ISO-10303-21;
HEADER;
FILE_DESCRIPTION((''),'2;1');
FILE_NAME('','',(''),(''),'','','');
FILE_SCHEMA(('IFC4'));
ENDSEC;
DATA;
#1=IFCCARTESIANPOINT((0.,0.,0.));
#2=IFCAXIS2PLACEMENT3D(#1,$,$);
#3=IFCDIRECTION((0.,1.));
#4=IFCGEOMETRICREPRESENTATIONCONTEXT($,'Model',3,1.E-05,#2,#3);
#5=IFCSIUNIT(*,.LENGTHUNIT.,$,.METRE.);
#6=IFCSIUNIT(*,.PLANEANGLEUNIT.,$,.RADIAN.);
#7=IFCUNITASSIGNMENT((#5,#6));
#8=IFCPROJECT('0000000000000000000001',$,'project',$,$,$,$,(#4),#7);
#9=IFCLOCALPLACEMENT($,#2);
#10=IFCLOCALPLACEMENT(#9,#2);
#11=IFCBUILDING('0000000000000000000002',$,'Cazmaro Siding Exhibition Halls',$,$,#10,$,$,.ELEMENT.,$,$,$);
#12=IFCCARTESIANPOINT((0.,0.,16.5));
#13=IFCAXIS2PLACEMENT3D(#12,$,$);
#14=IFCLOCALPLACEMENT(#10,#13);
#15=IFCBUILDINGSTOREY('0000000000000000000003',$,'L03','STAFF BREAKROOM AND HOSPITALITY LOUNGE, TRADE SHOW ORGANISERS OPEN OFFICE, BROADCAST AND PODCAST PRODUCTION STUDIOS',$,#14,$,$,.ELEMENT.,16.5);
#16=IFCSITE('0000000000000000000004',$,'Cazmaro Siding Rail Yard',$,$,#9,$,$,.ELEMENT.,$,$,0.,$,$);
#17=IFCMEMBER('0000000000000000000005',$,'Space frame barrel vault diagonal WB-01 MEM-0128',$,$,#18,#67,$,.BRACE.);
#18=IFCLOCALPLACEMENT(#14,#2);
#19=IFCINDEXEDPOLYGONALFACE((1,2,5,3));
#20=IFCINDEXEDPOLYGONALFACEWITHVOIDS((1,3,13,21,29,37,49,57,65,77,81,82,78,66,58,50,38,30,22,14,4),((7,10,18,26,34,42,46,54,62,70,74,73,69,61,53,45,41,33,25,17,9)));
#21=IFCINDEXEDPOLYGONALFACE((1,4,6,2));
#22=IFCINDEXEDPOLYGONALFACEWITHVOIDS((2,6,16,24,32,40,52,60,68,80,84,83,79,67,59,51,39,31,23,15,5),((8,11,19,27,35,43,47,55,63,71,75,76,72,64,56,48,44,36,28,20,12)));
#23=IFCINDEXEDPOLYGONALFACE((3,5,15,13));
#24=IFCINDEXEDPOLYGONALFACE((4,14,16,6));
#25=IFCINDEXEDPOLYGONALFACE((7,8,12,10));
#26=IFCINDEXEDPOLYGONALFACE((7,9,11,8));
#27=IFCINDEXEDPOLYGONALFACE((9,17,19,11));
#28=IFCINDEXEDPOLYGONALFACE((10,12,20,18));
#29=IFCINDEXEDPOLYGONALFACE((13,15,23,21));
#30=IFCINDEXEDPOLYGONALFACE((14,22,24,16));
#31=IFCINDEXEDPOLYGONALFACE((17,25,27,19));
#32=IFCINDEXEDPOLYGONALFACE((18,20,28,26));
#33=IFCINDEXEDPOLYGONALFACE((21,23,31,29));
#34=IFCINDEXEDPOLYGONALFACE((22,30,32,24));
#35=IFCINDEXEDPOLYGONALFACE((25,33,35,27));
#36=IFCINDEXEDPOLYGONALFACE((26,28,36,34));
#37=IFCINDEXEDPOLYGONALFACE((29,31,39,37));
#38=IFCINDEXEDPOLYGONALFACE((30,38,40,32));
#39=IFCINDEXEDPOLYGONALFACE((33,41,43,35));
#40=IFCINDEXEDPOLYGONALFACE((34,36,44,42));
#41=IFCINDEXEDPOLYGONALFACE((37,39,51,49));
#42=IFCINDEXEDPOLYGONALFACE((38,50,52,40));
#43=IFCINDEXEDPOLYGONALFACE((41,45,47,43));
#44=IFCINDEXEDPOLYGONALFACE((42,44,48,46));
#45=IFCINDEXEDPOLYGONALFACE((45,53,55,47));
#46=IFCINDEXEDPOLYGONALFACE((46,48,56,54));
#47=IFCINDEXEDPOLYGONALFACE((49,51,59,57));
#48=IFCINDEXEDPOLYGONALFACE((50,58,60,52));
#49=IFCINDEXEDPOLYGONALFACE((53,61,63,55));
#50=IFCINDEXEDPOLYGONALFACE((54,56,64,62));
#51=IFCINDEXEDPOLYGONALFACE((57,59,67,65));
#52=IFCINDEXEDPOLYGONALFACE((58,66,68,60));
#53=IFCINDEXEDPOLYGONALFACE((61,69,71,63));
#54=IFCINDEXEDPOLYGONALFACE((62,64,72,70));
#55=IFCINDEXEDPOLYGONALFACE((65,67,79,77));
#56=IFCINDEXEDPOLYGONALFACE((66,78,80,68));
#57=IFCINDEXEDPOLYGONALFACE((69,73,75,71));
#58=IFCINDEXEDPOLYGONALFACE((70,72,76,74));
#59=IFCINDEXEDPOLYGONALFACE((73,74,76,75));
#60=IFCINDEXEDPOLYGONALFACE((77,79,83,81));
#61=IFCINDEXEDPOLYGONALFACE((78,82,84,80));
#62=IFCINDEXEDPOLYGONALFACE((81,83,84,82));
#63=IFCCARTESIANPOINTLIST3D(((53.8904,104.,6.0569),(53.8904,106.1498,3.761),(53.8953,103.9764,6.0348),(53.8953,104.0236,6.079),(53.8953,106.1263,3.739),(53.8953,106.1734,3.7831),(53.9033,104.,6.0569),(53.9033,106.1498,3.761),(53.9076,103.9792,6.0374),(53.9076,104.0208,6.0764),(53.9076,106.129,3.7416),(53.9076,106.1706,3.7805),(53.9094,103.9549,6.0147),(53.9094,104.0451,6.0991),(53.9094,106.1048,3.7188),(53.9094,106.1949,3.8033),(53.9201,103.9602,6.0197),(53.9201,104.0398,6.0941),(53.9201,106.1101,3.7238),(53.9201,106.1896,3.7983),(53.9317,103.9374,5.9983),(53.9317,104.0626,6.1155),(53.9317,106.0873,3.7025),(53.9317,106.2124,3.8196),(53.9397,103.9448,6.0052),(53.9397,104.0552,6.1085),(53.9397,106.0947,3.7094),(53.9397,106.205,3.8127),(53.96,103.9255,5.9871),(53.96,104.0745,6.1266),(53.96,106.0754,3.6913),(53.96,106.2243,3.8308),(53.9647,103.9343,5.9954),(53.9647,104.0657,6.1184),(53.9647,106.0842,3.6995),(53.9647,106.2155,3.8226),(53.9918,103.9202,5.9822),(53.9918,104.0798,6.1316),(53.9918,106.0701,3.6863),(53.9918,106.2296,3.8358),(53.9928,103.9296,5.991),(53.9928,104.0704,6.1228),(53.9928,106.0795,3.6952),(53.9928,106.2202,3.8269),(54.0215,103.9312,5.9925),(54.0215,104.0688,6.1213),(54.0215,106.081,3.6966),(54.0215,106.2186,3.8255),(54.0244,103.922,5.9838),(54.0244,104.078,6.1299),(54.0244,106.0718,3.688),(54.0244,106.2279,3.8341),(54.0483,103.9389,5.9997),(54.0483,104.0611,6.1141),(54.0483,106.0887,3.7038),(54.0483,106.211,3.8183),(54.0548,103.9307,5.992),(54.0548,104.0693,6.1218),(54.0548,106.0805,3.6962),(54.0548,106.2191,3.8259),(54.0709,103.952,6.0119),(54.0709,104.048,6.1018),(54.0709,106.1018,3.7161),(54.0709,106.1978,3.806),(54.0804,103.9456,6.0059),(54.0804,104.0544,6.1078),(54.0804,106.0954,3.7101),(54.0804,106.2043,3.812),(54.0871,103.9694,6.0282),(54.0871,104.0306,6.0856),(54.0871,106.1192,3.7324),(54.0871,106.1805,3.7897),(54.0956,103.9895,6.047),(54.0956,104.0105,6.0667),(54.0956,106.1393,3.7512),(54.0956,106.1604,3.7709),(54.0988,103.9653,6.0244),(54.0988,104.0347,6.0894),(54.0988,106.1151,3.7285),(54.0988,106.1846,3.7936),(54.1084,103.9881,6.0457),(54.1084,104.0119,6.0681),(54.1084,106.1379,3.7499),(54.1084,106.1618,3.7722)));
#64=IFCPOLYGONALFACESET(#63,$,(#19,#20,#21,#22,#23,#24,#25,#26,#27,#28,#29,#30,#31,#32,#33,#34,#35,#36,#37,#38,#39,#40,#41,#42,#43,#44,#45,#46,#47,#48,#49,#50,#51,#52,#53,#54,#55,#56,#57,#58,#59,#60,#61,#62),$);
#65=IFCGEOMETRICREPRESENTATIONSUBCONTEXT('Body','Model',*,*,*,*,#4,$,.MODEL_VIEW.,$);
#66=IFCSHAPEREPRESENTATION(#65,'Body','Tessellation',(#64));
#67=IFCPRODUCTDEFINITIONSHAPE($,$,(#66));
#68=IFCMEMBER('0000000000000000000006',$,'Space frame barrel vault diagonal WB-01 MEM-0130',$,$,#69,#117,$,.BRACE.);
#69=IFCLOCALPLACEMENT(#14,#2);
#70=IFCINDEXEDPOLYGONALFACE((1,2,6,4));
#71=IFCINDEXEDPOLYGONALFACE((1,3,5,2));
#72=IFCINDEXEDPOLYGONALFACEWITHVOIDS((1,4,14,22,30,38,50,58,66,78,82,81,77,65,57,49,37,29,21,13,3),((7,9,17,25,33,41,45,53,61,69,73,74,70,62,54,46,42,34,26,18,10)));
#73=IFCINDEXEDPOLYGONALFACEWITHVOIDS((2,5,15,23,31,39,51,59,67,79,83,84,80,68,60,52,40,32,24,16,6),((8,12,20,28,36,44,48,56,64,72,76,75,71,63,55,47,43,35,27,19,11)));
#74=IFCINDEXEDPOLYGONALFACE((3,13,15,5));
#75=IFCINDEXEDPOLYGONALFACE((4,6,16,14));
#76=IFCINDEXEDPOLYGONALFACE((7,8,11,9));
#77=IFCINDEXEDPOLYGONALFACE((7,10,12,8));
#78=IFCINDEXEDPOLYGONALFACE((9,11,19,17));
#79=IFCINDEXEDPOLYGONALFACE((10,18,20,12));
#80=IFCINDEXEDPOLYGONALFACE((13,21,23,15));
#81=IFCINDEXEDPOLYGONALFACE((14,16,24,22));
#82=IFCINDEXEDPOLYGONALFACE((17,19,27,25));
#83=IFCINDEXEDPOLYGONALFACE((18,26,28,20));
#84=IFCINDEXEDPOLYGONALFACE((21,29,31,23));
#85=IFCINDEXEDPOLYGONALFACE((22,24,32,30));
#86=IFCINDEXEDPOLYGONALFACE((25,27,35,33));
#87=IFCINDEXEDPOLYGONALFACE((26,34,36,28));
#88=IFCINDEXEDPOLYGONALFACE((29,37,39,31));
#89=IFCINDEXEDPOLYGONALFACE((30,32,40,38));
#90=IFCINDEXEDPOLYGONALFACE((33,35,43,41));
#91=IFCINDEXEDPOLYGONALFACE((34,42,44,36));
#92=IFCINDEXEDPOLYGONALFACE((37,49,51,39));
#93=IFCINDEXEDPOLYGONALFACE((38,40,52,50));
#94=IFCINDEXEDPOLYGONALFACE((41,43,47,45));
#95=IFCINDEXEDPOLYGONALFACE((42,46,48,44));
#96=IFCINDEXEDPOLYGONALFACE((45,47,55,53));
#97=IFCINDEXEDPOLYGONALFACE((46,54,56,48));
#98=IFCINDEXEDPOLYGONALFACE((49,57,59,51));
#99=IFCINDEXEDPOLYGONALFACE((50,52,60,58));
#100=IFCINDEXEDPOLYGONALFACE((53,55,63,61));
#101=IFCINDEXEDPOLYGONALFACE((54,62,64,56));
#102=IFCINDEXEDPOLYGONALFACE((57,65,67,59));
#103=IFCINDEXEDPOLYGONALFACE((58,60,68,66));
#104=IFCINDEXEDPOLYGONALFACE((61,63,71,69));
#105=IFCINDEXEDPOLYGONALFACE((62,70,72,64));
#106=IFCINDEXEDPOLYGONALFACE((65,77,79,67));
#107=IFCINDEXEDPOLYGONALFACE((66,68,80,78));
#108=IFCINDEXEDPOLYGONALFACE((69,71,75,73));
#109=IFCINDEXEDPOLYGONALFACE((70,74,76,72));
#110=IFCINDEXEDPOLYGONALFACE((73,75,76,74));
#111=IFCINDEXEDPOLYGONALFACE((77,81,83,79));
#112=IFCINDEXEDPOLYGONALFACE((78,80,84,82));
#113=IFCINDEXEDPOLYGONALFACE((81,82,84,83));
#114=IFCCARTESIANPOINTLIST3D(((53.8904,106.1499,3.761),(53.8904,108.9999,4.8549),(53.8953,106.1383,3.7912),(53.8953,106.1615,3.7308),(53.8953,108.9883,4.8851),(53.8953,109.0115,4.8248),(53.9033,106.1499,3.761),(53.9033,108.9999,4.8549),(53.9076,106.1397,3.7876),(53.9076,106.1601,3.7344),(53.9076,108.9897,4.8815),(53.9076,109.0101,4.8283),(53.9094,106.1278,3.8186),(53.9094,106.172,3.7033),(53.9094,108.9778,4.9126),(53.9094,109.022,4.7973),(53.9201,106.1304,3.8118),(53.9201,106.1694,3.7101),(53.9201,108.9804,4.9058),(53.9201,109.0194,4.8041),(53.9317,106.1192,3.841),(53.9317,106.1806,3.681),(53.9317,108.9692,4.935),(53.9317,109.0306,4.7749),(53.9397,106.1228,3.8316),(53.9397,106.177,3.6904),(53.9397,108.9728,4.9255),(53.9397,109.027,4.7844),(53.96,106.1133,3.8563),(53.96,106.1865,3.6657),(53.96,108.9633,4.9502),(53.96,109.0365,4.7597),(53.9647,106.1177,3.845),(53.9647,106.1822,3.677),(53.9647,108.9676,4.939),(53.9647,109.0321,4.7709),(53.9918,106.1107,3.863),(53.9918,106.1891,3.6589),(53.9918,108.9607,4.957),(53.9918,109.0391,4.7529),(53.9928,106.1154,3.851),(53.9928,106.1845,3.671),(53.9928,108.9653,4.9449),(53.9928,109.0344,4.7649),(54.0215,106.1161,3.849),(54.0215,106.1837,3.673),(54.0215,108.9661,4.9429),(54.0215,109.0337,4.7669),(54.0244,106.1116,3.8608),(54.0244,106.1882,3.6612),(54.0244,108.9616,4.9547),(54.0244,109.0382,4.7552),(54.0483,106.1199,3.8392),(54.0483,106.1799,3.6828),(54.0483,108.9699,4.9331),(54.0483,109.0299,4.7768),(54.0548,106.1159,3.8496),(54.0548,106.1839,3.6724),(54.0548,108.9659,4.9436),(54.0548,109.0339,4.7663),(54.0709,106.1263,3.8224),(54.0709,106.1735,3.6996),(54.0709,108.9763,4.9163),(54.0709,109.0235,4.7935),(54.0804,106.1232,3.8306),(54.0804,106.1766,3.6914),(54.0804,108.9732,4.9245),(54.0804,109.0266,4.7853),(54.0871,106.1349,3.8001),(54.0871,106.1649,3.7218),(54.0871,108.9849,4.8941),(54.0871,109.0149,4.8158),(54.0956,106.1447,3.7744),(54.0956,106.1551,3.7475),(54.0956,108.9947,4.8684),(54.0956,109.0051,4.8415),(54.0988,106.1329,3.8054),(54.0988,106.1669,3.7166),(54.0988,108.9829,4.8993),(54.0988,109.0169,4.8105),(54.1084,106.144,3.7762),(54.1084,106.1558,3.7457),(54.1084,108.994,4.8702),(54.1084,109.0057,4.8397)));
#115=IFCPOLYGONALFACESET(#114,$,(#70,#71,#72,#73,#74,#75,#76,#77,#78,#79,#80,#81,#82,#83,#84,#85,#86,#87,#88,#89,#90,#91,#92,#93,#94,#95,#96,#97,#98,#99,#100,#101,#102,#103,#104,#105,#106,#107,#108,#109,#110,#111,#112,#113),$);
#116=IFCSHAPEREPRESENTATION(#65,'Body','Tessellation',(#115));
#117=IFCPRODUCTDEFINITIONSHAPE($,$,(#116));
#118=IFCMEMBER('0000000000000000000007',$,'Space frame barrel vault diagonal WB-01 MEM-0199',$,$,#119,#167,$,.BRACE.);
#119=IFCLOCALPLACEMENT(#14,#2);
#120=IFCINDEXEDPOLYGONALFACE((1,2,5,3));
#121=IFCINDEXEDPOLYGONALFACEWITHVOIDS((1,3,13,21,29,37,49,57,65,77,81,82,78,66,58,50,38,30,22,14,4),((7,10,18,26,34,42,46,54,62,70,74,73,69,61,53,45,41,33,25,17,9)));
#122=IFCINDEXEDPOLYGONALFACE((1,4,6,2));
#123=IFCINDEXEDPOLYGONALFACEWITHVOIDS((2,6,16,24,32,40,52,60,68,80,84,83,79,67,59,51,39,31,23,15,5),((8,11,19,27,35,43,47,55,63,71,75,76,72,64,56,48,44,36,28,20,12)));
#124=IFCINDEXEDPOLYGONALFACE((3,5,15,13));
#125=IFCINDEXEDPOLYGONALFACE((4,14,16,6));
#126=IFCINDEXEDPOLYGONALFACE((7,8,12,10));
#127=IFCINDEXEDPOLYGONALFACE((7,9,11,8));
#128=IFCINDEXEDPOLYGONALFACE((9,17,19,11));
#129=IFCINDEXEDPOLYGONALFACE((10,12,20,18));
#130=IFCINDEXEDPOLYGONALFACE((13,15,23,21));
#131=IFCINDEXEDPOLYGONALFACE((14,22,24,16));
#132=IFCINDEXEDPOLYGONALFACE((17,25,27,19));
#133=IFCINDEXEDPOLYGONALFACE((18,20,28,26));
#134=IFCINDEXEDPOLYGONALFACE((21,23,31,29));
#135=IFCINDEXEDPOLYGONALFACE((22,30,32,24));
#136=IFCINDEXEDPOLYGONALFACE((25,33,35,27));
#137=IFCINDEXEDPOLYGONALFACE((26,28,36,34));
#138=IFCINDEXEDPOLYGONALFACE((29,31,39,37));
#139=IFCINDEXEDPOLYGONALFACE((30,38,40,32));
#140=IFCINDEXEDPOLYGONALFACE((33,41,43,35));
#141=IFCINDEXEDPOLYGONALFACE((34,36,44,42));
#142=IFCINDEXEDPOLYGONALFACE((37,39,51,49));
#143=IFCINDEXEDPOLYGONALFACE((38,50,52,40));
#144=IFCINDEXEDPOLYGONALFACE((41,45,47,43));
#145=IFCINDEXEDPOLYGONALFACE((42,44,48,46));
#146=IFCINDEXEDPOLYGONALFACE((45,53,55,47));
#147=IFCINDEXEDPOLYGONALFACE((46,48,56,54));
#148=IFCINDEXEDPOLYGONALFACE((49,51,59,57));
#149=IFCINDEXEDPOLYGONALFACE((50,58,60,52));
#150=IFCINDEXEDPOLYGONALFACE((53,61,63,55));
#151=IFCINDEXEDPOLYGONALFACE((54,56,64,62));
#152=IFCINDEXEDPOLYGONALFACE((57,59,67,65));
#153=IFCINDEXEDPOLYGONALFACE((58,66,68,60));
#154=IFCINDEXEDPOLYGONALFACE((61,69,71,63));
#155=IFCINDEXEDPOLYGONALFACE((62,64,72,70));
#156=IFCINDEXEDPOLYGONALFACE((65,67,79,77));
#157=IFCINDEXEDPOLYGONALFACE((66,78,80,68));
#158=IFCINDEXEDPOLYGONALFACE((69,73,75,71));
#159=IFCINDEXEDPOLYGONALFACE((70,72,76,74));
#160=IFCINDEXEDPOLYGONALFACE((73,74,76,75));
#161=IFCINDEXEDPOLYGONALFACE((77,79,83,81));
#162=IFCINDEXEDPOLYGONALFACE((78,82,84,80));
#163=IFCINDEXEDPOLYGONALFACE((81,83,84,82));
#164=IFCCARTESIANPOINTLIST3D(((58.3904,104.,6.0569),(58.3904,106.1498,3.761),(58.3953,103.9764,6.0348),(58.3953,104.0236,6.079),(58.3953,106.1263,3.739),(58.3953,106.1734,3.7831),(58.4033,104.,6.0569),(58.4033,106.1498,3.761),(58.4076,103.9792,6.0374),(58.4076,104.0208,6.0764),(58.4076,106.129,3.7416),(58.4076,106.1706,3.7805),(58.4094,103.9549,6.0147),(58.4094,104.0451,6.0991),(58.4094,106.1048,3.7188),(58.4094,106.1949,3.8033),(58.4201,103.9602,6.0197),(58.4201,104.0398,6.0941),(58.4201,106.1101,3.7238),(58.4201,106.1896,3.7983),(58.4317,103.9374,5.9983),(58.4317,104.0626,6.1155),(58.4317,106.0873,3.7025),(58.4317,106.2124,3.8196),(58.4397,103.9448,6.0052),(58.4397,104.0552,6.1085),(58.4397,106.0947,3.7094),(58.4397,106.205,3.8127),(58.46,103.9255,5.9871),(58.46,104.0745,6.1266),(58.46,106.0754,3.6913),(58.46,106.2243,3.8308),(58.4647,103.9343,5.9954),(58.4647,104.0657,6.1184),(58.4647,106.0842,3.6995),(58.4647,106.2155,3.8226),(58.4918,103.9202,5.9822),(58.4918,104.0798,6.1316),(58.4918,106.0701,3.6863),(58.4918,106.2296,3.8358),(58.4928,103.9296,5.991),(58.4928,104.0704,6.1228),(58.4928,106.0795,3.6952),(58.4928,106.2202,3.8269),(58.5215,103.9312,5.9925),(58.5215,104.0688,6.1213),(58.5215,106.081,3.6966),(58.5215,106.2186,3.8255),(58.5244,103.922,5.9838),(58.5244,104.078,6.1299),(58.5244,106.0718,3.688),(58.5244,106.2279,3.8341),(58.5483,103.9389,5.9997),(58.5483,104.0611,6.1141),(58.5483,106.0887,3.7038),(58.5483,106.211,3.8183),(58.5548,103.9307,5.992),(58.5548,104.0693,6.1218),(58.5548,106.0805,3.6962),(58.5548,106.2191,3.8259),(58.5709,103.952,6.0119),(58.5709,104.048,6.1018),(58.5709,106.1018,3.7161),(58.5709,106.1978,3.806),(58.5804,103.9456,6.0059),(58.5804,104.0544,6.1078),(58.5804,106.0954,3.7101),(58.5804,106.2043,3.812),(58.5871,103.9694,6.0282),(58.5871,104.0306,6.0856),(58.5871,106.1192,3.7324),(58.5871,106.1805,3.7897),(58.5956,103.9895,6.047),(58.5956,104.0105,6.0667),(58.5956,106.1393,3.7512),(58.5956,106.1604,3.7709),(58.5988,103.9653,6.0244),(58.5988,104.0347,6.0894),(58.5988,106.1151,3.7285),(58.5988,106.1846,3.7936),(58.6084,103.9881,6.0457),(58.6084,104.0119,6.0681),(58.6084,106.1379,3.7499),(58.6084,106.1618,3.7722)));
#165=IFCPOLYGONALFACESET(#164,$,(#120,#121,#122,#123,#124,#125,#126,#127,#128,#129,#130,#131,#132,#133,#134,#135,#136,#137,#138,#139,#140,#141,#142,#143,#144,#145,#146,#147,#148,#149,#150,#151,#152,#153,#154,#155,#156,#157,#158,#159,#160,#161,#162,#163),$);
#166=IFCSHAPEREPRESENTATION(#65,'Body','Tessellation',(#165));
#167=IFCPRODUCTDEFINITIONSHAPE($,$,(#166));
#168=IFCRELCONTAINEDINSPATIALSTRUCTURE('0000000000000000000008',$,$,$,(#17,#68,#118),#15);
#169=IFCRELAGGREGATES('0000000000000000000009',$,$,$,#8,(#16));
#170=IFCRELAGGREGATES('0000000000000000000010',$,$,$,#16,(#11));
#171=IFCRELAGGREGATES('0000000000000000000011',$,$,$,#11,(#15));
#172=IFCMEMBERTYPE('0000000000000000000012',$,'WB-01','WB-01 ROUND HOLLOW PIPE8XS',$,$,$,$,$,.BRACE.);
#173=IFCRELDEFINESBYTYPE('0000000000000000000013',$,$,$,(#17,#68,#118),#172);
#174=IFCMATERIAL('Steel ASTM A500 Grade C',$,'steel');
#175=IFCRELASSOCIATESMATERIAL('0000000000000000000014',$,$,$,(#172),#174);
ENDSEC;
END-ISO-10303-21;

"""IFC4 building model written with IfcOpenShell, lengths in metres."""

from ifc_helpers import new_model, si_unit, direction, frame, origin, origin_2d, place, context, subcontext, project, spatial, hollow_circle, extrude, material, material_profile, profile_set, type_object, element, save


model = new_model("IFC4")

# Units and contexts
model_context = context("Model", 3, precision=1e-05, world=origin(), true_north=direction((0.0, 1.0)))
body_context = subcontext(model_context, "Body", "Model", "MODEL_VIEW")
ifc_project = project(units=[si_unit("LENGTHUNIT", "METRE"), si_unit("PLANEANGLEUNIT", "RADIAN")], contexts=[model_context])

# Site, building, storey
site_placement = place(None, origin())
site = spatial("IfcSite", under=ifc_project, at=site_placement, Name="Cazmaro Siding Rail Yard", CompositionType="ELEMENT", RefElevation=0.0)
building_placement = place(site_placement, origin())
building = spatial("IfcBuilding", under=site, at=building_placement, Name="Cazmaro Siding Exhibition Halls", CompositionType="ELEMENT")
storey_placement = place(building_placement, frame((0.0, 0.0, 16.5)))
storey = spatial("IfcBuildingStorey", under=building, at=storey_placement, Name="L03", Description="STAFF BREAKROOM AND HOSPITALITY LOUNGE, TRADE SHOW ORGANISERS OPEN OFFICE, BROADCAST AND PODCAST PRODUCTION STUDIOS", CompositionType="ELEMENT", Elevation=16.5)

# Members
ifc_material_1 = material(Name="Steel ASTM A500 Grade C", Category="steel")
ifc_material_profile_1 = material_profile(ifc_material_1, hollow_circle(Radius=0.1096, WallThickness=0.0129, at=origin_2d()), Name="PIPE8XS")
ifc_profile_set_1 = profile_set([ifc_material_profile_1], Name="Steel ASTM A500 Grade C")
member_type_1 = type_object("IfcMemberType", Name="WB-01", Description="WB-01 ROUND HOLLOW PIPE8XS", PredefinedType="BRACE", material=ifc_profile_set_1)
member_1_placement = place(storey_placement, frame((54.0, 104.0, 6.0569), z_axis=(0.0, 0.683518, -0.729934), x_axis=(-1.0, 0.0, 0.0)))
element("IfcMember", 1, at=member_1_placement, inside=storey, type_object=member_type_1, Name="Space frame barrel vault diagonal WB-01 MEM-0128", PredefinedType="BRACE", context=body_context, shape_type="SweptSolid", body=[
    extrude(hollow_circle(Radius=0.1096, WallThickness=0.0129, at=origin_2d()), origin(), (0.0, 0.0, 1.0), 3.1453),
])
member_2_placement = place(storey_placement, frame((54.0, 106.1499, 3.761), z_axis=(0.0, 0.933587, 0.358352), x_axis=(-1.0, 0.0, 0.0)))
element("IfcMember", 2, at=member_2_placement, inside=storey, type_object=member_type_1, Name="Space frame barrel vault diagonal WB-01 MEM-0130", PredefinedType="BRACE", context=body_context, shape_type="SweptSolid", body=[
    extrude(hollow_circle(Radius=0.1096, WallThickness=0.0129, at=origin_2d()), origin(), (0.0, 0.0, 1.0), 3.0527),
])
member_3_placement = place(storey_placement, frame((58.5, 104.0, 6.0569), z_axis=(0.0, 0.683518, -0.729934), x_axis=(-1.0, 0.0, 0.0)))
element("IfcMember", 3, at=member_3_placement, inside=storey, type_object=member_type_1, Name="Space frame barrel vault diagonal WB-01 MEM-0199", PredefinedType="BRACE", context=body_context, shape_type="SweptSolid", body=[
    extrude(hollow_circle(Radius=0.1096, WallThickness=0.0129, at=origin_2d()), origin(), (0.0, 0.0, 1.0), 3.1453),
])

save(model, "model.ifc")
